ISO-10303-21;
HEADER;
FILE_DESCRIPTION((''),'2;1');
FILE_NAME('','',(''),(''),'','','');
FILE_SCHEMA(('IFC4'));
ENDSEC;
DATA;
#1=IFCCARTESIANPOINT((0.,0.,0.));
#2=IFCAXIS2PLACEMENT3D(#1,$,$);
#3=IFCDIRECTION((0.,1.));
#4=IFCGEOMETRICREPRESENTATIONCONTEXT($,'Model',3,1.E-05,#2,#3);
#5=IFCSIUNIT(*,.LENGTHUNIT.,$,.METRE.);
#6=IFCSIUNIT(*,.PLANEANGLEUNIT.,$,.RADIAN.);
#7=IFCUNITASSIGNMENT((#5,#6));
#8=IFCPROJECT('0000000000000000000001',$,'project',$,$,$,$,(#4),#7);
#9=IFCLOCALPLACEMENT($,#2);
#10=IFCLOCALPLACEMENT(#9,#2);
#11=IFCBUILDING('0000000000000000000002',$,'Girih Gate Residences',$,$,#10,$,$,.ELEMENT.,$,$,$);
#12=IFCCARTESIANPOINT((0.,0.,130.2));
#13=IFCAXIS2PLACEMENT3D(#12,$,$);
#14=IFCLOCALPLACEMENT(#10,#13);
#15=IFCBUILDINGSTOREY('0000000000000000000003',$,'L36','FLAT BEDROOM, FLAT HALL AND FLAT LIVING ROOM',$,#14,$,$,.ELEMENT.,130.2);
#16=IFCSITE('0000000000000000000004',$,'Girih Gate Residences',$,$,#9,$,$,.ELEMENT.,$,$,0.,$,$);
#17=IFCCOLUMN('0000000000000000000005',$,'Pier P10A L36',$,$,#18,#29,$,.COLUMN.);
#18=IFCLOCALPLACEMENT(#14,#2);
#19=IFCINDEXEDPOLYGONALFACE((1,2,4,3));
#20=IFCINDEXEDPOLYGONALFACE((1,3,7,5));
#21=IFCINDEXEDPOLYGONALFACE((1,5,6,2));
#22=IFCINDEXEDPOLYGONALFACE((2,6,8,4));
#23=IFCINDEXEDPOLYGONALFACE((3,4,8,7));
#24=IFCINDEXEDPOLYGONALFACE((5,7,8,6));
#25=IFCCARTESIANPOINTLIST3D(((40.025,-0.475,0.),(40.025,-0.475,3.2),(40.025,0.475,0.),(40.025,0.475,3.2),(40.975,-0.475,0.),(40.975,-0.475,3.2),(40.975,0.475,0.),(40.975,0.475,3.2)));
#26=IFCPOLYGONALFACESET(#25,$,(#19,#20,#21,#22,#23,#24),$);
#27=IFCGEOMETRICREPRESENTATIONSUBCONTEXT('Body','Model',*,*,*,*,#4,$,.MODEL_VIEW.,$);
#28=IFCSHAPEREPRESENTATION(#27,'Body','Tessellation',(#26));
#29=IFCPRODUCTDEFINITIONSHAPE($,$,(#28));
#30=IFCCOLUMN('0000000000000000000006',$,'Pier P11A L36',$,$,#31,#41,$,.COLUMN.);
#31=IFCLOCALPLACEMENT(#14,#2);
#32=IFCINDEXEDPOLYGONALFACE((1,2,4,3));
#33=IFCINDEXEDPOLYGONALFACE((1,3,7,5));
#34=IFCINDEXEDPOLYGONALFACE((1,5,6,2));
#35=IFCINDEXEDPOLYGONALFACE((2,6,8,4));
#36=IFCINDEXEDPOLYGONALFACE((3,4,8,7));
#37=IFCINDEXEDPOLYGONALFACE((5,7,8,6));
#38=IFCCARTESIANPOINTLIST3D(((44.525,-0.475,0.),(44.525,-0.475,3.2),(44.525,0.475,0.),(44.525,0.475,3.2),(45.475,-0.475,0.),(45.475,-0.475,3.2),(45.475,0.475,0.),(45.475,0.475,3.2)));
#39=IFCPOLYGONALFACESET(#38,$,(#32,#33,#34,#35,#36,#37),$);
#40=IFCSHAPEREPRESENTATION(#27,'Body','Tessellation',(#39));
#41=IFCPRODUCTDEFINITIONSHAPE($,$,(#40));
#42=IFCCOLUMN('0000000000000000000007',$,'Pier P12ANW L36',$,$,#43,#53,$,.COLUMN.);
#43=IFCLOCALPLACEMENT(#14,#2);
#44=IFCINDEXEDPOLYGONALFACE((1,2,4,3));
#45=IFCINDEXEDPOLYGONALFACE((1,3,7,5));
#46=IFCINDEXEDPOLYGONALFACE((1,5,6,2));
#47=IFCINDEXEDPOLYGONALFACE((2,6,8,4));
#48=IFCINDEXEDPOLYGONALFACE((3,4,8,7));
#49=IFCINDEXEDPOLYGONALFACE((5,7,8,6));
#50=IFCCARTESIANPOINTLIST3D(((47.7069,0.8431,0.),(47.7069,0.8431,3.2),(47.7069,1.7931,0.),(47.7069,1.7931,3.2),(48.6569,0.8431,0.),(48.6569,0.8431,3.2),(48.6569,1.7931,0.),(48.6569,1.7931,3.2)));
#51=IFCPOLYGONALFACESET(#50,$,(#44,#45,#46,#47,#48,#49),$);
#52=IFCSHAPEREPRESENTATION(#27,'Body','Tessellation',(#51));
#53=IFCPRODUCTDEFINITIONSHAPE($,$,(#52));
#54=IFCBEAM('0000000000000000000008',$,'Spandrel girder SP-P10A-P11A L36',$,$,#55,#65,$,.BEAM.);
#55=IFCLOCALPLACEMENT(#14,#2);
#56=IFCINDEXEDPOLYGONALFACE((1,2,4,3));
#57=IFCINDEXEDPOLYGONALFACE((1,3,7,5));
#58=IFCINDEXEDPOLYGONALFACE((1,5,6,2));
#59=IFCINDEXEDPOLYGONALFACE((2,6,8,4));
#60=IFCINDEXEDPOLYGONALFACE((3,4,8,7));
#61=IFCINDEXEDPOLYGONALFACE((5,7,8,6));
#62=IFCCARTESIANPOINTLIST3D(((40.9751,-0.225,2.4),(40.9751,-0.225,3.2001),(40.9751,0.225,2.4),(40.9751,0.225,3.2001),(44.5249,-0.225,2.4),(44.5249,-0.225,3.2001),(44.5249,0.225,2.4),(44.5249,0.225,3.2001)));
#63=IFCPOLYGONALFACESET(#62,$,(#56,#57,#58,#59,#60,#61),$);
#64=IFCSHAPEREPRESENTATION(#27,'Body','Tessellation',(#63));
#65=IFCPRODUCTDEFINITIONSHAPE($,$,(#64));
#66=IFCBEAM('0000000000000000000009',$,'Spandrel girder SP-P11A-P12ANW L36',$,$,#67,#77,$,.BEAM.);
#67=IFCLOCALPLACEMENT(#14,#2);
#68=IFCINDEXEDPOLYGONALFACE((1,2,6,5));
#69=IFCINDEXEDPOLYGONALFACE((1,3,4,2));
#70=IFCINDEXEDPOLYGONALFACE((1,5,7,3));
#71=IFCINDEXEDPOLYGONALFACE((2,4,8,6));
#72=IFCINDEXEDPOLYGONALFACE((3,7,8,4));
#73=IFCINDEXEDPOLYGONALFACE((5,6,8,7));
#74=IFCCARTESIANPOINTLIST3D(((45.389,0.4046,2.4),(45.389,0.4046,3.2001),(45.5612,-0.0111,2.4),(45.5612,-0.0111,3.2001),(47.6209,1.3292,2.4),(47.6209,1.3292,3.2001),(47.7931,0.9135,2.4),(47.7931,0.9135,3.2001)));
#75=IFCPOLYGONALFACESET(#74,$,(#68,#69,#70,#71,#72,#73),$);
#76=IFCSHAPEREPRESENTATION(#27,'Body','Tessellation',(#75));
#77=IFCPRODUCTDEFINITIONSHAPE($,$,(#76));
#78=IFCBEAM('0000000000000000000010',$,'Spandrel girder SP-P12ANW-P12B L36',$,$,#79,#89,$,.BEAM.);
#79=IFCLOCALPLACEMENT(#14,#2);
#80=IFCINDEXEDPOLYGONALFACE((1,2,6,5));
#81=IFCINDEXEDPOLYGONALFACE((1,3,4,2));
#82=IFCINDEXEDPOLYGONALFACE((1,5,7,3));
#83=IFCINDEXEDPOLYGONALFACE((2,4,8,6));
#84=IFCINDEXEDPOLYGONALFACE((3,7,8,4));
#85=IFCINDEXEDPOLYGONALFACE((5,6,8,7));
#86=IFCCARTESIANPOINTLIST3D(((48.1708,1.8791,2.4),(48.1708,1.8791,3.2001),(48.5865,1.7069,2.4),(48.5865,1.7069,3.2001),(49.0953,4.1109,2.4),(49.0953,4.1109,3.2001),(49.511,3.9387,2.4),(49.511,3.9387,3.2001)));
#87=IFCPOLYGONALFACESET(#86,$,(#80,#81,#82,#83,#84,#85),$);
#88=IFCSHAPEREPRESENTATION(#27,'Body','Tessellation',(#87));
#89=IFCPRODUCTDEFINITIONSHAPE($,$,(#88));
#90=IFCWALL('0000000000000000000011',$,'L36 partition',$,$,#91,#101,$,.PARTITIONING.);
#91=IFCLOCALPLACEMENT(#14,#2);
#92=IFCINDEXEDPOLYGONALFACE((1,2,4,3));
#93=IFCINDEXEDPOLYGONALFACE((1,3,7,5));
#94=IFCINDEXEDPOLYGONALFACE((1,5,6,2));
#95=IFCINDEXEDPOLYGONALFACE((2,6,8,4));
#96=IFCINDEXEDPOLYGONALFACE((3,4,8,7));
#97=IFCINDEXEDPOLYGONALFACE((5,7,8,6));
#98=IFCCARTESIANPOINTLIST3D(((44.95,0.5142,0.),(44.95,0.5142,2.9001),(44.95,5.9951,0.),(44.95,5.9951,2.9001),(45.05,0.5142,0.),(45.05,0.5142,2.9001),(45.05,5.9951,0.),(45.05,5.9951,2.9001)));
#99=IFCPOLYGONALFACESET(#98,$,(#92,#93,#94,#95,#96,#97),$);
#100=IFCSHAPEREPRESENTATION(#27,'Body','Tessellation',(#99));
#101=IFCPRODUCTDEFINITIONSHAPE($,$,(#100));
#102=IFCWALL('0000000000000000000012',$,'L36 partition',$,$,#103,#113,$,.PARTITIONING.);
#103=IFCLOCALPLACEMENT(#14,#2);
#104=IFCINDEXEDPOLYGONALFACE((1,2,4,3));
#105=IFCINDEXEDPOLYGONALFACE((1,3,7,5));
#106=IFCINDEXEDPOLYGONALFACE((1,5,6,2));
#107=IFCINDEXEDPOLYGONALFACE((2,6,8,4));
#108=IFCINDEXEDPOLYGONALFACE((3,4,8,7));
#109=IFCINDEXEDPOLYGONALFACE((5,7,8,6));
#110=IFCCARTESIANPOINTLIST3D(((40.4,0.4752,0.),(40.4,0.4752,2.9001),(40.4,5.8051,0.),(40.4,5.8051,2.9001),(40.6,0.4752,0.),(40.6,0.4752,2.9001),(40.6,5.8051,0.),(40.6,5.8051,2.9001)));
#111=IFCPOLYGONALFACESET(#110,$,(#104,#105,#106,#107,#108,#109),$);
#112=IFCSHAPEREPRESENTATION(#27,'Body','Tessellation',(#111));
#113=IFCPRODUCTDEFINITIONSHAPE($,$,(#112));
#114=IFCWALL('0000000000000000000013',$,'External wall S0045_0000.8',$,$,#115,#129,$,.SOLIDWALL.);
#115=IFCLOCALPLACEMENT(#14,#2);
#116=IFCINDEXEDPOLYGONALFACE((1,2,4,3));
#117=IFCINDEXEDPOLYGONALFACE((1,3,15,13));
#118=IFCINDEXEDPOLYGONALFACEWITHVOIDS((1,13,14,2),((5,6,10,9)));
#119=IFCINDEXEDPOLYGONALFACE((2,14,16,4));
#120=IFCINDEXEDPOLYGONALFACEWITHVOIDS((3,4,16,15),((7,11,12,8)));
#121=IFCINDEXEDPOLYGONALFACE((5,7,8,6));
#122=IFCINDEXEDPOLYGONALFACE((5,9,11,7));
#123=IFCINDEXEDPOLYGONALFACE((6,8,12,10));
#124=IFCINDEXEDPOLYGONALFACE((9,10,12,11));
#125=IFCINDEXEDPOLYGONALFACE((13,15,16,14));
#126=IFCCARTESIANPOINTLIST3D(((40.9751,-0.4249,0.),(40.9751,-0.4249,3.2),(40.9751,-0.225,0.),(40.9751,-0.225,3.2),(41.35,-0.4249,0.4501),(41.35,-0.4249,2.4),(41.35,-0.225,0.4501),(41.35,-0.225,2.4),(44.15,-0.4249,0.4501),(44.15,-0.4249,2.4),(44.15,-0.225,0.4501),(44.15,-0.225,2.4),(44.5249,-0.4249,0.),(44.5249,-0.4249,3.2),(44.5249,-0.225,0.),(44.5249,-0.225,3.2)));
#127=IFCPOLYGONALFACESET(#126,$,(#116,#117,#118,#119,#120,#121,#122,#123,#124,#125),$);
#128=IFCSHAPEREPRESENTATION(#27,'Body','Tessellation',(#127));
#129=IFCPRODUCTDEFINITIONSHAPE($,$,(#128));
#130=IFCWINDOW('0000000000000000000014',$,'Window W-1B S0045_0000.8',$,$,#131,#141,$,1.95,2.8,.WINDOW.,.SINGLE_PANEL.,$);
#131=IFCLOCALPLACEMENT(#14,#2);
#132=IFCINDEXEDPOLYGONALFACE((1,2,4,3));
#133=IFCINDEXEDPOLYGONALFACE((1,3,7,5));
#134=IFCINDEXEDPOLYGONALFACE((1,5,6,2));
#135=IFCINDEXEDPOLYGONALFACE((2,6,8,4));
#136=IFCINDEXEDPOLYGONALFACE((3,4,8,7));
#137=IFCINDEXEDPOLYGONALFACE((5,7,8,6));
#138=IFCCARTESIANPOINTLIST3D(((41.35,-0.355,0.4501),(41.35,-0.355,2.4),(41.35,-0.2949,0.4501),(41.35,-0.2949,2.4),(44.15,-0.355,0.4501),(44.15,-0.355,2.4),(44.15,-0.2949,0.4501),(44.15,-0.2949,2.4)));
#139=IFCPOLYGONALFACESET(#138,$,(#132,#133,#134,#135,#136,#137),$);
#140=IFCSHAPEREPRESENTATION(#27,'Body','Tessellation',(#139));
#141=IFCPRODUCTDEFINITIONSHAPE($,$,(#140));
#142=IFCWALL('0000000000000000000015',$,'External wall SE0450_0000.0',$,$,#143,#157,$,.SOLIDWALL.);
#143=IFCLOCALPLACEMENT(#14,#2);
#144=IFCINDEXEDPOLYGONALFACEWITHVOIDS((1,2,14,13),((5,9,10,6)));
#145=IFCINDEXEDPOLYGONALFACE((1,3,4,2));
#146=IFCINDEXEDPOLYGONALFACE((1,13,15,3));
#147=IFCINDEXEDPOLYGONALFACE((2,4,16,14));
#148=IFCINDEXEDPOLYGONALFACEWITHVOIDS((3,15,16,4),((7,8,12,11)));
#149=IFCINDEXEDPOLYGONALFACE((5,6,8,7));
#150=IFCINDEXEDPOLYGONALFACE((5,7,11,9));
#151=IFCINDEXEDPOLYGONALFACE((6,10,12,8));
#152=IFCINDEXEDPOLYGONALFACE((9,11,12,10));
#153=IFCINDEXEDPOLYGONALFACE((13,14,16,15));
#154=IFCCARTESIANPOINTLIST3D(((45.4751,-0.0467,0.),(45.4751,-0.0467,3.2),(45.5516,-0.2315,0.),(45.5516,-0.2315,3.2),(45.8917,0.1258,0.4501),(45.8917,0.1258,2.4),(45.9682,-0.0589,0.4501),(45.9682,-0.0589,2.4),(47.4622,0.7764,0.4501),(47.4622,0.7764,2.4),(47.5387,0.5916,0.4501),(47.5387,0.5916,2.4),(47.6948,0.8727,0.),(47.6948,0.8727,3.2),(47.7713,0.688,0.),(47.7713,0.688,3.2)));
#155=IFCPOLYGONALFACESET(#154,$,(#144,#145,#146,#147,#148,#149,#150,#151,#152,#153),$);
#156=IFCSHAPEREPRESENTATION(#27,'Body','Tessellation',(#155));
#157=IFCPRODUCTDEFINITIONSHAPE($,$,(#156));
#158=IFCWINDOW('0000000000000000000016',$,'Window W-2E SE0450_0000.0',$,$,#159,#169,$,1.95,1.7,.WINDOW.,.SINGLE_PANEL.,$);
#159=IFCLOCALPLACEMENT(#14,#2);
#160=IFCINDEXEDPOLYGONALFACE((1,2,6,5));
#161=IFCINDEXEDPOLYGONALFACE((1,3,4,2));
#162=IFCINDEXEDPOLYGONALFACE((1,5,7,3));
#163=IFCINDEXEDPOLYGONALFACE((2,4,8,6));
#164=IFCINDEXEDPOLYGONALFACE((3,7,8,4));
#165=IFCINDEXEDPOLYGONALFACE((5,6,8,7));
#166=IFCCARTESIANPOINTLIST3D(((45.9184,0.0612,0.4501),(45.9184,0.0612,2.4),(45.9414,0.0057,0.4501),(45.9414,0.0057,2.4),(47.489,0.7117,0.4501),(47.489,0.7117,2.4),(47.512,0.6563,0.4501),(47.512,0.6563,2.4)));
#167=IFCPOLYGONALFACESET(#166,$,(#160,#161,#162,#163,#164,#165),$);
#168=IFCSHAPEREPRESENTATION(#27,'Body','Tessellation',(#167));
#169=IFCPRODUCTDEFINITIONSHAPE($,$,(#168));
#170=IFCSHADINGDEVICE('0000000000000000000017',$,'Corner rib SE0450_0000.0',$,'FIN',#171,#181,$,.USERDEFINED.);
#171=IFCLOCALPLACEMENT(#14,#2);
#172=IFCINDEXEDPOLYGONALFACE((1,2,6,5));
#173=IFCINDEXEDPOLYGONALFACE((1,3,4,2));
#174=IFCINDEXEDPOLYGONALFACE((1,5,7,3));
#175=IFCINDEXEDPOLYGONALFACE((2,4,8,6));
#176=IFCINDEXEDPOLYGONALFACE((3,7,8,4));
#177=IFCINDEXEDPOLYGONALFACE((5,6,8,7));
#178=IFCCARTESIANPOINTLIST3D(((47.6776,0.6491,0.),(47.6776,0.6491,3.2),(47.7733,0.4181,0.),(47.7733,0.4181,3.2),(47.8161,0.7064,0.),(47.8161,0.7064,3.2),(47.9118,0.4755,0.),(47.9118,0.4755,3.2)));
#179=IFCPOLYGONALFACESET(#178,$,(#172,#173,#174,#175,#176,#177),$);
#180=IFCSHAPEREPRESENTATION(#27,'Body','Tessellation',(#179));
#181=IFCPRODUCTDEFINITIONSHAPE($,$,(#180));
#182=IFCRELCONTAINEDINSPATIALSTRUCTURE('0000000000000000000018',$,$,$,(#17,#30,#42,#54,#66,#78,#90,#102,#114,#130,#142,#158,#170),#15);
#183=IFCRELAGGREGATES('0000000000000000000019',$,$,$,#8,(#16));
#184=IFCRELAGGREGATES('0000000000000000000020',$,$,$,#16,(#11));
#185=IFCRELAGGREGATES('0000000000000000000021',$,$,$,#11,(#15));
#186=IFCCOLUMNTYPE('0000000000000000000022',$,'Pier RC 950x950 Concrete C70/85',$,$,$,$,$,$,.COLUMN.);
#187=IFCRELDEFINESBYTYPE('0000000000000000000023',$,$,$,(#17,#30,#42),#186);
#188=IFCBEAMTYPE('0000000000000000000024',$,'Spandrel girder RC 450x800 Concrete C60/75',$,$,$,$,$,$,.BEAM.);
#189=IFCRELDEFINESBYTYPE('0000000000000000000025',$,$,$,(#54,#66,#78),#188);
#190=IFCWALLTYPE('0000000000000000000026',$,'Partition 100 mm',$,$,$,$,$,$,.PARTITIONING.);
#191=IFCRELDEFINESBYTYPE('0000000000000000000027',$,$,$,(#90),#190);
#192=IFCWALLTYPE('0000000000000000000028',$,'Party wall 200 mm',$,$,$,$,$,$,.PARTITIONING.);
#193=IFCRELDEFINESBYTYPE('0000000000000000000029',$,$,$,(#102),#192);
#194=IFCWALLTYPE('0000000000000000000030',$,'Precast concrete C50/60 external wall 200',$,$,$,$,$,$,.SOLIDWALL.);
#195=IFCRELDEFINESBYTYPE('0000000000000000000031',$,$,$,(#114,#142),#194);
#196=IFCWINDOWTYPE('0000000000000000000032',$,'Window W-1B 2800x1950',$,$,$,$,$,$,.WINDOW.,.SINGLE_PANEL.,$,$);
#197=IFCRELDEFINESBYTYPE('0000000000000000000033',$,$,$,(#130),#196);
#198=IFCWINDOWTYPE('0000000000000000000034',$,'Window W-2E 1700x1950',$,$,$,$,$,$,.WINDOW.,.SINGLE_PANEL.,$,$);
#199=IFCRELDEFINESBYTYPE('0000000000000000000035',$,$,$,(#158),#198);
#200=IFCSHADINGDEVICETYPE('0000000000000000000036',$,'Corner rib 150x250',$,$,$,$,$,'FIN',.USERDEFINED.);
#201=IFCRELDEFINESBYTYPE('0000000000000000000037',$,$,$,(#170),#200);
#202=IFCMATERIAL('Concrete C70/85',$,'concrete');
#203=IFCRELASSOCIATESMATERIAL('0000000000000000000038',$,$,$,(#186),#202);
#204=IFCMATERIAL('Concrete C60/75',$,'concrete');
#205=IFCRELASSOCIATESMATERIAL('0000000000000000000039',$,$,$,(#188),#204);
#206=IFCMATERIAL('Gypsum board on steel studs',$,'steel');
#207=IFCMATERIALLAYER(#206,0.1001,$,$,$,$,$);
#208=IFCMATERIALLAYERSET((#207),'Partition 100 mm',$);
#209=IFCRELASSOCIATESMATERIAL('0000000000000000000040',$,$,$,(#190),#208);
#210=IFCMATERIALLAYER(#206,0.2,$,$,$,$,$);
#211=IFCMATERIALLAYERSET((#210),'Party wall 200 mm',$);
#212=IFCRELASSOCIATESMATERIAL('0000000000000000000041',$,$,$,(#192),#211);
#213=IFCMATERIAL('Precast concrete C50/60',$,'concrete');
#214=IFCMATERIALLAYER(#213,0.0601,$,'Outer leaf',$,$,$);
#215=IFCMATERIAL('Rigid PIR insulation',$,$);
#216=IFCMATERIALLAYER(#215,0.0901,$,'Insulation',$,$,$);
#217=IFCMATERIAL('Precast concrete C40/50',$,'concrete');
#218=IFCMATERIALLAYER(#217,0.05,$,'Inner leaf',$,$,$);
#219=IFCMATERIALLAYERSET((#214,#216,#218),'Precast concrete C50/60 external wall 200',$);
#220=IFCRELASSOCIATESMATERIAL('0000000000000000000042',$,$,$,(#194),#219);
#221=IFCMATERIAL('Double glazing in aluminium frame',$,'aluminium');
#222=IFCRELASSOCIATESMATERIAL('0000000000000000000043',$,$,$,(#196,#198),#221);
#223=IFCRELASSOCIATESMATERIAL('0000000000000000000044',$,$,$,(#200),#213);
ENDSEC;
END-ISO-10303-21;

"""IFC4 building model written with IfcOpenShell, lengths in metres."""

from ifc_helpers import new_model, si_unit, direction, frame, frame_2d, origin, origin_2d, place, context, subcontext, project, spatial, rectangle, extrude, material, layer, layer_set, material_profile, profile_set, type_object, element, fill, save


model = new_model("IFC4")

# Units and contexts
model_context = context("Model", 3, precision=1e-05, world=origin(), true_north=direction((0.0, 1.0)))
body_context = subcontext(model_context, "Body", "Model", "MODEL_VIEW")
ifc_project = project(units=[si_unit("LENGTHUNIT", "METRE"), si_unit("PLANEANGLEUNIT", "RADIAN")], contexts=[model_context])

# Site, building, storey
site_placement = place(None, origin())
site = spatial("IfcSite", under=ifc_project, at=site_placement, Name="Girih Gate Residences", CompositionType="ELEMENT", RefElevation=0.0)
building_placement = place(site_placement, origin())
building = spatial("IfcBuilding", under=site, at=building_placement, Name="Girih Gate Residences", CompositionType="ELEMENT")
storey_placement = place(building_placement, frame((0.0, 0.0, 130.2)))
storey = spatial("IfcBuildingStorey", under=building, at=storey_placement, Name="L36", Description="FLAT BEDROOM, FLAT HALL AND FLAT LIVING ROOM", CompositionType="ELEMENT", Elevation=130.2)

# Columns
ifc_material_1 = material(Name="Concrete C70/85", Category="concrete")
ifc_material_profile_1 = material_profile(ifc_material_1, rectangle(XDim=0.95, YDim=0.95, at=origin_2d()))
ifc_profile_set_1 = profile_set([ifc_material_profile_1], Name="Concrete C70/85")
column_type = type_object("IfcColumnType", Name="Pier RC 950x950 Concrete C70/85", PredefinedType="COLUMN", material=ifc_profile_set_1)
for number, where, z_axis, x_axis, name in (
    (1, (40.5, 0.0, 0.0), (0.0, 0.0, 1.0), (1.0, 0.0, 0.0), "Pier P10A L36"),
    (2, (45.0, 0.0, 0.0), (0.0, 0.0, 1.0), (1.0, 0.0, 0.0), "Pier P11A L36"),
    (3, (48.1819, 1.3181, 0.0), (0.0, 0.0, 1.0), (1.0, 0.0, 0.0), "Pier P12ANW L36"),
):
    element("IfcColumn", number, at=place(storey_placement, frame(where, z_axis=z_axis, x_axis=x_axis)), inside=storey, type_object=column_type, Name=name, PredefinedType="COLUMN", context=body_context, shape_type="SweptSolid", body=[
        extrude(rectangle(XDim=0.95, YDim=0.95, at=origin_2d()), origin(), (0.0, 0.0, 1.0), 3.2),
    ])

# Beams
ifc_material_2 = material(Name="Concrete C60/75", Category="concrete")
ifc_material_profile_2 = material_profile(ifc_material_2, rectangle(XDim=0.45, YDim=0.8, at=origin_2d()))
ifc_profile_set_2 = profile_set([ifc_material_profile_2], Name="Concrete C60/75")
beam_type = type_object("IfcBeamType", Name="Spandrel girder RC 450x800 Concrete C60/75", PredefinedType="BEAM", material=ifc_profile_set_2)
beam_placement = place(storey_placement, frame((40.9751, 0.0, 2.8), z_axis=(1.0, 0.0, 0.0), x_axis=(0.0, 1.0, 0.0)))
element("IfcBeam", 4, at=beam_placement, inside=storey, type_object=beam_type, Name="Spandrel girder SP-P10A-P11A L36", PredefinedType="BEAM", context=body_context, shape_type="SweptSolid", body=[
    extrude(rectangle(XDim=0.45, YDim=0.8, at=origin_2d()), origin(), (0.0, 0.0, 1.0), 3.5498),
])
for number, where, z_axis, x_axis, name in (
    (5, (45.4751, 0.1968, 2.8), (0.92387, 0.382706, 0.0), (-0.382706, 0.92387, 0.0), "Spandrel girder SP-P11A-P12ANW L36"),
    (6, (48.3787, 1.793, 2.8), (0.382706, 0.92387, 0.0), (-0.92387, 0.382706, 0.0), "Spandrel girder SP-P12ANW-P12B L36"),
):
    element("IfcBeam", number, at=place(storey_placement, frame(where, z_axis=z_axis, x_axis=x_axis)), inside=storey, type_object=beam_type, Name=name, PredefinedType="BEAM", context=body_context, shape_type="SweptSolid", body=[
        extrude(rectangle(XDim=0.45, YDim=0.8, at=origin_2d()), origin(), (0.0, 0.0, 1.0), 2.4158),
    ])

# Walls
ifc_material_3 = material(Name="Gypsum board on steel studs", Category="steel")
ifc_layer_1 = layer(ifc_material_3, 0.1001)
ifc_layer_set_1 = layer_set([ifc_layer_1], Name="Partition 100 mm")
wall_type_1 = type_object("IfcWallType", Name="Partition 100 mm", PredefinedType="PARTITIONING", material=ifc_layer_set_1)
wall_1_placement = place(storey_placement, frame((45.0, 0.5142, 0.0), z_axis=(0.0, 0.0, 1.0), x_axis=(0.0, 1.0, 0.0)))
element("IfcWall", 7, at=wall_1_placement, inside=storey, type_object=wall_type_1, Name="L36 partition", PredefinedType="PARTITIONING", context=body_context, shape_type="SweptSolid", body=[
    extrude(rectangle(XDim=5.481, YDim=0.1001, at=frame_2d((2.7405, 0.0))), origin(), (0.0, 0.0, 1.0), 2.9001),
])
ifc_layer_2 = layer(ifc_material_3, 0.2)
ifc_layer_set_2 = layer_set([ifc_layer_2], Name="Party wall 200 mm")
wall_type_2 = type_object("IfcWallType", Name="Party wall 200 mm", PredefinedType="PARTITIONING", material=ifc_layer_set_2)
wall_2_placement = place(storey_placement, frame((40.5, 0.4751, 0.0), z_axis=(0.0, 0.0, 1.0), x_axis=(0.0, 1.0, 0.0)))
element("IfcWall", 8, at=wall_2_placement, inside=storey, type_object=wall_type_2, Name="L36 partition", PredefinedType="PARTITIONING", context=body_context, shape_type="SweptSolid", body=[
    extrude(rectangle(XDim=5.3298, YDim=0.2, at=frame_2d((2.665, 0.0))), origin(), (0.0, 0.0, 1.0), 2.9001),
])

# Walls, openings, windows
ifc_material_4 = material(Name="Precast concrete C50/60", Category="concrete")
ifc_layer_3 = layer(ifc_material_4, 0.0601, Name="Outer leaf")
ifc_material_5 = material(Name="Rigid PIR insulation")
ifc_layer_4 = layer(ifc_material_5, 0.0901, Name="Insulation")
ifc_material_6 = material(Name="Precast concrete C40/50", Category="concrete")
ifc_layer_5 = layer(ifc_material_6, 0.05, Name="Inner leaf")
ifc_layer_set_3 = layer_set([ifc_layer_3, ifc_layer_4, ifc_layer_5], Name="Precast concrete C50/60 external wall 200")
wall_type_3 = type_object("IfcWallType", Name="Precast concrete C50/60 external wall 200", PredefinedType="SOLIDWALL", material=ifc_layer_set_3)
wall_3_placement = place(storey_placement, frame((44.5249, -0.325, 0.0), z_axis=(0.0, 0.0, 1.0), x_axis=(-1.0, 0.0, 0.0)))
wall_3 = element("IfcWall", 9, at=wall_3_placement, inside=storey, type_object=wall_type_3, Name="External wall S0045_0000.8", PredefinedType="SOLIDWALL", context=body_context, shape_type="SweptSolid", body=[
    extrude(rectangle(XDim=3.5498, YDim=0.2, at=frame_2d((1.7749, 0.0))), origin(), (0.0, 0.0, 1.0), 3.2),
])
opening_1_placement = place(wall_3_placement, frame((0.375, 0.0, 0.45)))
opening_1 = element("IfcOpeningElement", 10, at=opening_1_placement, cuts=wall_3, PredefinedType="OPENING", context=body_context, shape_type="SweptSolid", body=[
    extrude(rectangle(XDim=2.8, YDim=1.95, at=frame_2d((1.3999, 0.9751))), frame((0.0, 0.1099, 0.0), z_axis=(0.0, -1.0, 0.0), x_axis=(1.0, 0.0, 0.0)), (0.0, 0.0, 1.0), 0.22),
])
ifc_material_7 = material(Name="Double glazing in aluminium frame", Category="aluminium")
window_type_1 = type_object("IfcWindowType", Name="Window W-1B 2800x1950", PartitioningType="SINGLE_PANEL", PredefinedType="WINDOW", material=ifc_material_7)
window_1_placement = place(opening_1_placement, origin())
window_1 = element("IfcWindow", 11, at=window_1_placement, inside=storey, type_object=window_type_1, Name="Window W-1B S0045_0000.8", OverallHeight=1.95, OverallWidth=2.8, PartitioningType="SINGLE_PANEL", PredefinedType="WINDOW", context=body_context, shape_type="SweptSolid", body=[
    extrude(rectangle(XDim=2.8, YDim=1.95, at=frame_2d((1.3999, 0.9751))), frame((0.0, 0.03, 0.0), z_axis=(0.0, -1.0, 0.0), x_axis=(1.0, 0.0, 0.0)), (0.0, 0.0, 1.0), 0.0601),
])
fill(opening_1, window_1)
wall_4_placement = place(storey_placement, frame((47.7329, 0.7803, 0.0), z_axis=(0.0, 0.0, 1.0), x_axis=(-0.923881, -0.382681, 0.0)))
wall_4 = element("IfcWall", 12, at=wall_4_placement, inside=storey, type_object=wall_type_3, Name="External wall SE0450_0000.0", PredefinedType="SOLIDWALL", context=body_context, shape_type="SweptSolid", body=[
    extrude(rectangle(XDim=2.4026, YDim=0.2, at=frame_2d((1.2012, 0.0))), origin(), (0.0, 0.0, 1.0), 3.2),
])
opening_2_placement = place(wall_4_placement, frame((0.2515, 0.0, 0.45)))
opening_2 = element("IfcOpeningElement", 13, at=opening_2_placement, cuts=wall_4, PredefinedType="OPENING", context=body_context, shape_type="SweptSolid", body=[
    extrude(rectangle(XDim=1.7, YDim=1.95, at=frame_2d((0.8501, 0.9751))), frame((0.0, 0.1099, 0.0), z_axis=(0.0, -1.0, 0.0), x_axis=(1.0, 0.0, 0.0)), (0.0, 0.0, 1.0), 0.22),
])
window_type_2 = type_object("IfcWindowType", Name="Window W-2E 1700x1950", PartitioningType="SINGLE_PANEL", PredefinedType="WINDOW", material=ifc_material_7)
window_2_placement = place(opening_2_placement, origin())
window_2 = element("IfcWindow", 14, at=window_2_placement, inside=storey, type_object=window_type_2, Name="Window W-2E SE0450_0000.0", OverallHeight=1.95, OverallWidth=1.7, PartitioningType="SINGLE_PANEL", PredefinedType="WINDOW", context=body_context, shape_type="SweptSolid", body=[
    extrude(rectangle(XDim=1.7, YDim=1.95, at=frame_2d((0.8501, 0.9751))), frame((0.0, 0.03, 0.0), z_axis=(0.0, -1.0, 0.0), x_axis=(1.0, 0.0, 0.0)), (0.0, 0.0, 1.0), 0.0601),
])
fill(opening_2, window_2)

# Shading device
shading_device_type = type_object("IfcShadingDeviceType", Name="Corner rib 150x250", ElementType="FIN", PredefinedType="USERDEFINED", material=ifc_material_4)
for number, where, z_axis, x_axis, name in (
    (15, (47.7947, 0.5623, 0.0), (0.0, 0.0, 1.0), (0.92388, 0.382683, 0.0), "Corner rib SE0450_0000.0"),
):
    element("IfcShadingDevice", number, at=place(storey_placement, frame(where, z_axis=z_axis, x_axis=x_axis)), inside=storey, type_object=shading_device_type, Name=name, ObjectType="FIN", PredefinedType="USERDEFINED", context=body_context, shape_type="SweptSolid", body=[
        extrude(rectangle(XDim=0.1499, YDim=0.25, at=origin_2d()), origin(), (0.0, 0.0, 1.0), 3.2),
    ])

save(model, "model.ifc")
